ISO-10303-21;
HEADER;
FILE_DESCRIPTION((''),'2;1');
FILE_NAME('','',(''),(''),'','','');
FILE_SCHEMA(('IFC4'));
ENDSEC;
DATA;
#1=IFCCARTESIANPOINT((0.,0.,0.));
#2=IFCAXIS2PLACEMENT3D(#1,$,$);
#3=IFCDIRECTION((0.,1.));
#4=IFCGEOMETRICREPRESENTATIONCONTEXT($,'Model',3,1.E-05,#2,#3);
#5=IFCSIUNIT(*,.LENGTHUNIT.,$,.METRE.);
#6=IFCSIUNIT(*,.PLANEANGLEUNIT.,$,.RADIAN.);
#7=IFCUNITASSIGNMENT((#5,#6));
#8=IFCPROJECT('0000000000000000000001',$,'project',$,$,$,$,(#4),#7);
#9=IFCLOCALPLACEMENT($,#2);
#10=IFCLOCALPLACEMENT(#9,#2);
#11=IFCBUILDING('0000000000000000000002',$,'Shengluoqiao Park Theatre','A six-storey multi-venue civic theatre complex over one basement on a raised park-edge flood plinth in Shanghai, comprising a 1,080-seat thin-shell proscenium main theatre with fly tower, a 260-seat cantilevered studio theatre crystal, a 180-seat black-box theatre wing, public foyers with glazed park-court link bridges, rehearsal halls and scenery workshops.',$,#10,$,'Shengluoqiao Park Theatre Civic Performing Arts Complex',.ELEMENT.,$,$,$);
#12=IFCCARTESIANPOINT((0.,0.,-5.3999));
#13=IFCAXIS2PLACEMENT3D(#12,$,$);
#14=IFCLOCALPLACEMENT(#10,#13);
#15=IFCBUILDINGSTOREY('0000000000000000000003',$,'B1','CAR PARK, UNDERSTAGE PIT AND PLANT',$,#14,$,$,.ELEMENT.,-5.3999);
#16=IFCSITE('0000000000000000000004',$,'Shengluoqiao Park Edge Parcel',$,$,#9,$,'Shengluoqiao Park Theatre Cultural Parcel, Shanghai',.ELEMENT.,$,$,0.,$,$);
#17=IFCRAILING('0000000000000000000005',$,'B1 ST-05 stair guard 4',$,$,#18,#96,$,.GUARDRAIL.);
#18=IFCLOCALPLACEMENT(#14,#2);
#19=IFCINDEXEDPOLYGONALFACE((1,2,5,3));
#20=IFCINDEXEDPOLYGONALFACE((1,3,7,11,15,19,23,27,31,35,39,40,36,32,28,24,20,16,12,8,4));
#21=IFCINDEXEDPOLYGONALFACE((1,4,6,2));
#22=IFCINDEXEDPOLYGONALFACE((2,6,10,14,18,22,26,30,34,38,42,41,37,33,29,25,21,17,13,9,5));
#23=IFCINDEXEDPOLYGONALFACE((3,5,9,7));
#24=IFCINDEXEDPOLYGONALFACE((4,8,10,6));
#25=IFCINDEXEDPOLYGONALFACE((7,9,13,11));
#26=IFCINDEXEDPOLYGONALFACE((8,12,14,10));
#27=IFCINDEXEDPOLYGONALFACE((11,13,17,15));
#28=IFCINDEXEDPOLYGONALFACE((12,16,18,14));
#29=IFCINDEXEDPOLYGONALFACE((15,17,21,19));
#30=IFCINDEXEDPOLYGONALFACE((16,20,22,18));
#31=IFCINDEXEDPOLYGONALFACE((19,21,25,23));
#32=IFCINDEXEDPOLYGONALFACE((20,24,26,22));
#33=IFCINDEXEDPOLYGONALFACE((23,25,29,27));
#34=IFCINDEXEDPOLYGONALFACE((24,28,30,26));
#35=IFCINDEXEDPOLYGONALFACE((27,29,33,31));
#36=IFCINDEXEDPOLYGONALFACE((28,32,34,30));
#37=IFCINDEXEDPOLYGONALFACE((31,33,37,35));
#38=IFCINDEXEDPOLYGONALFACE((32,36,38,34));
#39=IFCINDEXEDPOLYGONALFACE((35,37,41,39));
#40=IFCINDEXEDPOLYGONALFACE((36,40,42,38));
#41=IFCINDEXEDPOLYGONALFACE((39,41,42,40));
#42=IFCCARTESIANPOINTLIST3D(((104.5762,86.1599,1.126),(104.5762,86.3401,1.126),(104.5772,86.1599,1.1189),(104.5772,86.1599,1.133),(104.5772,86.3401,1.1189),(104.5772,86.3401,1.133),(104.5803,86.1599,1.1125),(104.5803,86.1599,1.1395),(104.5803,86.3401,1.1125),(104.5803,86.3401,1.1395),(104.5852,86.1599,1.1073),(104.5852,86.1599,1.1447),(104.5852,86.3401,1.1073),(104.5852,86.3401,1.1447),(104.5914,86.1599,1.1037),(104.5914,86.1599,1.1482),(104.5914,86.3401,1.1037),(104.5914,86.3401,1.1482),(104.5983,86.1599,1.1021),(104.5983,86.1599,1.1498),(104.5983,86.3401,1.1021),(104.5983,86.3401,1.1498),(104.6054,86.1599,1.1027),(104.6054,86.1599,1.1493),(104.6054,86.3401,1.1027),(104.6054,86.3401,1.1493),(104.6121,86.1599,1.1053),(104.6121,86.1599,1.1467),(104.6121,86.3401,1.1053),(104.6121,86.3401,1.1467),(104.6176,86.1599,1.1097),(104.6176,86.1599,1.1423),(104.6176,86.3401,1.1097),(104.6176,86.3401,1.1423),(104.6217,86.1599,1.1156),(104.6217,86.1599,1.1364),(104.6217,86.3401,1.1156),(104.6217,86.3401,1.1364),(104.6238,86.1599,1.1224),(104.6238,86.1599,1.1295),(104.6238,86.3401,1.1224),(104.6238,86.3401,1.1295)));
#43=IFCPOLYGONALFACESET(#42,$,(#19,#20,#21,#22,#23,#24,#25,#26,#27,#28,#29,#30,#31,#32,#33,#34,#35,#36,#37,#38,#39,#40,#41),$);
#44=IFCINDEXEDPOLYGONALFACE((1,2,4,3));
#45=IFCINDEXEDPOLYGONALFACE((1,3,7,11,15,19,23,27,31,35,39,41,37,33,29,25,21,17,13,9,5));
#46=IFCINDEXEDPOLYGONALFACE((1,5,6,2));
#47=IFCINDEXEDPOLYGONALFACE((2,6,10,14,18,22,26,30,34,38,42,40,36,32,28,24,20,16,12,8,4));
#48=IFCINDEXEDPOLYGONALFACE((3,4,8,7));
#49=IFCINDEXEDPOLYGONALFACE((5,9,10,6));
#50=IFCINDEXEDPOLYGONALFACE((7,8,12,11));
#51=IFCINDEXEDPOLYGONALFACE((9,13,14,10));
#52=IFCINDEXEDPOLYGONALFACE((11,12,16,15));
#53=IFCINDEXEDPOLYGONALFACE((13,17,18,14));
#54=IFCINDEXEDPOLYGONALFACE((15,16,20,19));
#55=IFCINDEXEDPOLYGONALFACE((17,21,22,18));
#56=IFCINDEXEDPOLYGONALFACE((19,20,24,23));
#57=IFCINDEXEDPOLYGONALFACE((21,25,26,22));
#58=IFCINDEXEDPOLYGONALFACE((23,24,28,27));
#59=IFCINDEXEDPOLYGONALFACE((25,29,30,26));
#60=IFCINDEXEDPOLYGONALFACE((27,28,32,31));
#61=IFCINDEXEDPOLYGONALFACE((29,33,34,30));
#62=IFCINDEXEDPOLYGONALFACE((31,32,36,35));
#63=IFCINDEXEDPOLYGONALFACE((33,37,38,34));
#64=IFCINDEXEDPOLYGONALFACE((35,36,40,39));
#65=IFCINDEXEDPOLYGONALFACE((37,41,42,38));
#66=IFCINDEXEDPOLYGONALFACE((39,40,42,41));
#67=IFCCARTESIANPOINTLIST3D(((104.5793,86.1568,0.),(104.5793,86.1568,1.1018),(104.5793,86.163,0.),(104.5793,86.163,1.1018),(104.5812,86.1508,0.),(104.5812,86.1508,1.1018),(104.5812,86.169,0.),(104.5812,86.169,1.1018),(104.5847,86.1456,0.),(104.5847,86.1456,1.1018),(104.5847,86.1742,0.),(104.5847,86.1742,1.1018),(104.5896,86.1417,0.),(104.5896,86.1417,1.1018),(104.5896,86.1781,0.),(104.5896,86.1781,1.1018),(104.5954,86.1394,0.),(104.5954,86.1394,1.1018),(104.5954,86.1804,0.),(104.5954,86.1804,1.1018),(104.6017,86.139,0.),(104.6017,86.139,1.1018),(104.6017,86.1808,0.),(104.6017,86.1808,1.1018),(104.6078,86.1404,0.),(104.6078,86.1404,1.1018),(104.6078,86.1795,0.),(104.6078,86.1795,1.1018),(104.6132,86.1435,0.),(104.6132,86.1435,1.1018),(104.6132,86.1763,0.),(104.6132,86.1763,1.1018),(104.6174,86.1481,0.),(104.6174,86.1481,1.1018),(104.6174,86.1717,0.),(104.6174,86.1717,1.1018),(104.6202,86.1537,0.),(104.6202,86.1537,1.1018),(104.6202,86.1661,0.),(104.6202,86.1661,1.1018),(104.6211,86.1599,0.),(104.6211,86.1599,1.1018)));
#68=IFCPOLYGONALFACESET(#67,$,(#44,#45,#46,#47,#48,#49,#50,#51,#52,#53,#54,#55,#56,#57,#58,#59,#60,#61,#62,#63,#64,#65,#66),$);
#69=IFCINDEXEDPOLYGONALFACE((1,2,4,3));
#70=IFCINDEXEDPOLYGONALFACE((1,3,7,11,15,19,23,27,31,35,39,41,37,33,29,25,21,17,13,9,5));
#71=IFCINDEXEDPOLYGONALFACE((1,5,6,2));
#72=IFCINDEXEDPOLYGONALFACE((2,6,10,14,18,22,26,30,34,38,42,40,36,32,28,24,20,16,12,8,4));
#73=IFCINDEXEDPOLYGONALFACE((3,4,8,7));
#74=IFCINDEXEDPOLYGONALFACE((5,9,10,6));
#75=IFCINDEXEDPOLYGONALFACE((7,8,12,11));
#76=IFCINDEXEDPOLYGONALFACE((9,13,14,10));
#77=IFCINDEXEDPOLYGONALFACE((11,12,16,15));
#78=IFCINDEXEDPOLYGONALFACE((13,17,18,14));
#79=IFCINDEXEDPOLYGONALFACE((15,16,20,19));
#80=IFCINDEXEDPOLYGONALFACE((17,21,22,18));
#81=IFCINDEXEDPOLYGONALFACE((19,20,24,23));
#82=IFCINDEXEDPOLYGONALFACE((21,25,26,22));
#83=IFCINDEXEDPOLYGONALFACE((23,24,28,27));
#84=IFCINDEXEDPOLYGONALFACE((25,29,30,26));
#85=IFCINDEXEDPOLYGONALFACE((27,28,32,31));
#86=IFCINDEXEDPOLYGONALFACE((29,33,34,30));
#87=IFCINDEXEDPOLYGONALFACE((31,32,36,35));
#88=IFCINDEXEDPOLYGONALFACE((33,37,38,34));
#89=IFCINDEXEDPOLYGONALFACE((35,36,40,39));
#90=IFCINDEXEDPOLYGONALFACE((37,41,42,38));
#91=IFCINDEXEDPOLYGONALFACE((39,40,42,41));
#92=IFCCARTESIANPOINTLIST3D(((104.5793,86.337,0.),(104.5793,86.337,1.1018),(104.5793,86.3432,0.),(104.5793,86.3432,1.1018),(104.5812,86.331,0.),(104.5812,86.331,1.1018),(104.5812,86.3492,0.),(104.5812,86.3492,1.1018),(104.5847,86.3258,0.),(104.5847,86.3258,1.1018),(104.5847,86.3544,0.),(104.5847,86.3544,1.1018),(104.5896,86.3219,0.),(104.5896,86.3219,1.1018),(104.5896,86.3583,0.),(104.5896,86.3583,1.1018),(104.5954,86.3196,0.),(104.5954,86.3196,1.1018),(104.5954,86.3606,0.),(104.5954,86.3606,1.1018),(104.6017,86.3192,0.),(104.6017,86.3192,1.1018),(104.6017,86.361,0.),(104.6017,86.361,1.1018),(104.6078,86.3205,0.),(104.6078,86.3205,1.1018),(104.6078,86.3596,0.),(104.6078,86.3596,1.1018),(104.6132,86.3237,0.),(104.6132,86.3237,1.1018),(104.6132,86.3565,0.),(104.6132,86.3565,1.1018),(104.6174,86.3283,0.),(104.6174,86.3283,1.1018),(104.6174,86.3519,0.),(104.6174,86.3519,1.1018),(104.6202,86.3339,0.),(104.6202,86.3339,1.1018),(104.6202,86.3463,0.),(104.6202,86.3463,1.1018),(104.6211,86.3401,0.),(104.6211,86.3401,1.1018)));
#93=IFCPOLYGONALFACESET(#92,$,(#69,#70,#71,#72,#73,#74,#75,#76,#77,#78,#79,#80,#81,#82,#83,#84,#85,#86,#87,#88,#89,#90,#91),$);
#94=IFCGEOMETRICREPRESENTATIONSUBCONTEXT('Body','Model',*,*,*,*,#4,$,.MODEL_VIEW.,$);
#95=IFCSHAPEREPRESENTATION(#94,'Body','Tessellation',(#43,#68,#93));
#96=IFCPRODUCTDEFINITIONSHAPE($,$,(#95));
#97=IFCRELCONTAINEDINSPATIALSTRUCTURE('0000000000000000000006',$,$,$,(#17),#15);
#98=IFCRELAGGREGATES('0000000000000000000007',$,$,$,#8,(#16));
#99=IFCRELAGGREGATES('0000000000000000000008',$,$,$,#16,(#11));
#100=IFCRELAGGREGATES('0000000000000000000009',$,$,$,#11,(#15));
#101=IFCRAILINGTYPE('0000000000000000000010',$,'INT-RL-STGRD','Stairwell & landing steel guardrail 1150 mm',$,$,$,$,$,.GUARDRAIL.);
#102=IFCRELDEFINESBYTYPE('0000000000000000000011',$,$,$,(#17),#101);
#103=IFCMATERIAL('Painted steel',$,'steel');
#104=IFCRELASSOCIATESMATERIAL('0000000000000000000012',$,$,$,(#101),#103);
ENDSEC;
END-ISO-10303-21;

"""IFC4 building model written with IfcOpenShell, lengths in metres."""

from ifc_helpers import new_model, si_unit, direction, frame, origin, origin_2d, place, context, subcontext, project, spatial, circle, extrude, material, type_object, element, save


model = new_model("IFC4")

# Units and contexts
model_context = context("Model", 3, precision=1e-05, world=origin(), true_north=direction((0.0, 1.0)))
body_context = subcontext(model_context, "Body", "Model", "MODEL_VIEW")
ifc_project = project(units=[si_unit("LENGTHUNIT", "METRE"), si_unit("PLANEANGLEUNIT", "RADIAN")], contexts=[model_context])

# Site, building, storey
site_placement = place(None, origin())
site = spatial("IfcSite", under=ifc_project, at=site_placement, Name="Shengluoqiao Park Edge Parcel", LongName="Shengluoqiao Park Theatre Cultural Parcel, Shanghai", CompositionType="ELEMENT", RefElevation=0.0)
building_placement = place(site_placement, origin())
building = spatial("IfcBuilding", under=site, at=building_placement, Name="Shengluoqiao Park Theatre", Description="A six-storey multi-venue civic theatre complex over one basement on a raised park-edge flood plinth in Shanghai, comprising a 1,080-seat thin-shell proscenium main theatre with fly tower, a 260-seat cantilevered studio theatre crystal, a 180-seat black-box theatre wing, public foyers with glazed park-court link bridges, rehearsal halls and scenery workshops.", LongName="Shengluoqiao Park Theatre Civic Performing Arts Complex", CompositionType="ELEMENT")
storey_placement = place(building_placement, frame((0.0, 0.0, -5.3999)))
storey = spatial("IfcBuildingStorey", under=building, at=storey_placement, Name="B1", Description="CAR PARK, UNDERSTAGE PIT AND PLANT", CompositionType="ELEMENT", Elevation=-5.3999)

# Railing
ifc_material_1 = material(Name="Painted steel", Category="steel")
railing_type_1 = type_object("IfcRailingType", Name="INT-RL-STGRD", Description="Stairwell & landing steel guardrail 1150 mm", PredefinedType="GUARDRAIL", material=ifc_material_1)
railing_1_placement = place(storey_placement, frame((104.6001, 86.1599, 0.0)))
element("IfcRailing", 1, at=railing_1_placement, inside=storey, type_object=railing_type_1, Name="B1 ST-05 stair guard 4", PredefinedType="GUARDRAIL", context=body_context, shape_type="SweptSolid", body=[
    extrude(circle(Radius=0.0239, at=origin_2d()), frame((0.0, 0.0, 1.126), z_axis=(0.0, 1.0, 0.0), x_axis=(-1.0, 0.0, 0.0)), (0.0, 0.0, 1.0), 0.1802),
    extrude(circle(Radius=0.021, at=origin_2d()), origin(), (0.0, 0.0, 1.0), 1.1018),
    extrude(circle(Radius=0.021, at=origin_2d()), frame((0.0, 0.1802, 0.0)), (0.0, 0.0, 1.0), 1.1018),
])

save(model, "model.ifc")
